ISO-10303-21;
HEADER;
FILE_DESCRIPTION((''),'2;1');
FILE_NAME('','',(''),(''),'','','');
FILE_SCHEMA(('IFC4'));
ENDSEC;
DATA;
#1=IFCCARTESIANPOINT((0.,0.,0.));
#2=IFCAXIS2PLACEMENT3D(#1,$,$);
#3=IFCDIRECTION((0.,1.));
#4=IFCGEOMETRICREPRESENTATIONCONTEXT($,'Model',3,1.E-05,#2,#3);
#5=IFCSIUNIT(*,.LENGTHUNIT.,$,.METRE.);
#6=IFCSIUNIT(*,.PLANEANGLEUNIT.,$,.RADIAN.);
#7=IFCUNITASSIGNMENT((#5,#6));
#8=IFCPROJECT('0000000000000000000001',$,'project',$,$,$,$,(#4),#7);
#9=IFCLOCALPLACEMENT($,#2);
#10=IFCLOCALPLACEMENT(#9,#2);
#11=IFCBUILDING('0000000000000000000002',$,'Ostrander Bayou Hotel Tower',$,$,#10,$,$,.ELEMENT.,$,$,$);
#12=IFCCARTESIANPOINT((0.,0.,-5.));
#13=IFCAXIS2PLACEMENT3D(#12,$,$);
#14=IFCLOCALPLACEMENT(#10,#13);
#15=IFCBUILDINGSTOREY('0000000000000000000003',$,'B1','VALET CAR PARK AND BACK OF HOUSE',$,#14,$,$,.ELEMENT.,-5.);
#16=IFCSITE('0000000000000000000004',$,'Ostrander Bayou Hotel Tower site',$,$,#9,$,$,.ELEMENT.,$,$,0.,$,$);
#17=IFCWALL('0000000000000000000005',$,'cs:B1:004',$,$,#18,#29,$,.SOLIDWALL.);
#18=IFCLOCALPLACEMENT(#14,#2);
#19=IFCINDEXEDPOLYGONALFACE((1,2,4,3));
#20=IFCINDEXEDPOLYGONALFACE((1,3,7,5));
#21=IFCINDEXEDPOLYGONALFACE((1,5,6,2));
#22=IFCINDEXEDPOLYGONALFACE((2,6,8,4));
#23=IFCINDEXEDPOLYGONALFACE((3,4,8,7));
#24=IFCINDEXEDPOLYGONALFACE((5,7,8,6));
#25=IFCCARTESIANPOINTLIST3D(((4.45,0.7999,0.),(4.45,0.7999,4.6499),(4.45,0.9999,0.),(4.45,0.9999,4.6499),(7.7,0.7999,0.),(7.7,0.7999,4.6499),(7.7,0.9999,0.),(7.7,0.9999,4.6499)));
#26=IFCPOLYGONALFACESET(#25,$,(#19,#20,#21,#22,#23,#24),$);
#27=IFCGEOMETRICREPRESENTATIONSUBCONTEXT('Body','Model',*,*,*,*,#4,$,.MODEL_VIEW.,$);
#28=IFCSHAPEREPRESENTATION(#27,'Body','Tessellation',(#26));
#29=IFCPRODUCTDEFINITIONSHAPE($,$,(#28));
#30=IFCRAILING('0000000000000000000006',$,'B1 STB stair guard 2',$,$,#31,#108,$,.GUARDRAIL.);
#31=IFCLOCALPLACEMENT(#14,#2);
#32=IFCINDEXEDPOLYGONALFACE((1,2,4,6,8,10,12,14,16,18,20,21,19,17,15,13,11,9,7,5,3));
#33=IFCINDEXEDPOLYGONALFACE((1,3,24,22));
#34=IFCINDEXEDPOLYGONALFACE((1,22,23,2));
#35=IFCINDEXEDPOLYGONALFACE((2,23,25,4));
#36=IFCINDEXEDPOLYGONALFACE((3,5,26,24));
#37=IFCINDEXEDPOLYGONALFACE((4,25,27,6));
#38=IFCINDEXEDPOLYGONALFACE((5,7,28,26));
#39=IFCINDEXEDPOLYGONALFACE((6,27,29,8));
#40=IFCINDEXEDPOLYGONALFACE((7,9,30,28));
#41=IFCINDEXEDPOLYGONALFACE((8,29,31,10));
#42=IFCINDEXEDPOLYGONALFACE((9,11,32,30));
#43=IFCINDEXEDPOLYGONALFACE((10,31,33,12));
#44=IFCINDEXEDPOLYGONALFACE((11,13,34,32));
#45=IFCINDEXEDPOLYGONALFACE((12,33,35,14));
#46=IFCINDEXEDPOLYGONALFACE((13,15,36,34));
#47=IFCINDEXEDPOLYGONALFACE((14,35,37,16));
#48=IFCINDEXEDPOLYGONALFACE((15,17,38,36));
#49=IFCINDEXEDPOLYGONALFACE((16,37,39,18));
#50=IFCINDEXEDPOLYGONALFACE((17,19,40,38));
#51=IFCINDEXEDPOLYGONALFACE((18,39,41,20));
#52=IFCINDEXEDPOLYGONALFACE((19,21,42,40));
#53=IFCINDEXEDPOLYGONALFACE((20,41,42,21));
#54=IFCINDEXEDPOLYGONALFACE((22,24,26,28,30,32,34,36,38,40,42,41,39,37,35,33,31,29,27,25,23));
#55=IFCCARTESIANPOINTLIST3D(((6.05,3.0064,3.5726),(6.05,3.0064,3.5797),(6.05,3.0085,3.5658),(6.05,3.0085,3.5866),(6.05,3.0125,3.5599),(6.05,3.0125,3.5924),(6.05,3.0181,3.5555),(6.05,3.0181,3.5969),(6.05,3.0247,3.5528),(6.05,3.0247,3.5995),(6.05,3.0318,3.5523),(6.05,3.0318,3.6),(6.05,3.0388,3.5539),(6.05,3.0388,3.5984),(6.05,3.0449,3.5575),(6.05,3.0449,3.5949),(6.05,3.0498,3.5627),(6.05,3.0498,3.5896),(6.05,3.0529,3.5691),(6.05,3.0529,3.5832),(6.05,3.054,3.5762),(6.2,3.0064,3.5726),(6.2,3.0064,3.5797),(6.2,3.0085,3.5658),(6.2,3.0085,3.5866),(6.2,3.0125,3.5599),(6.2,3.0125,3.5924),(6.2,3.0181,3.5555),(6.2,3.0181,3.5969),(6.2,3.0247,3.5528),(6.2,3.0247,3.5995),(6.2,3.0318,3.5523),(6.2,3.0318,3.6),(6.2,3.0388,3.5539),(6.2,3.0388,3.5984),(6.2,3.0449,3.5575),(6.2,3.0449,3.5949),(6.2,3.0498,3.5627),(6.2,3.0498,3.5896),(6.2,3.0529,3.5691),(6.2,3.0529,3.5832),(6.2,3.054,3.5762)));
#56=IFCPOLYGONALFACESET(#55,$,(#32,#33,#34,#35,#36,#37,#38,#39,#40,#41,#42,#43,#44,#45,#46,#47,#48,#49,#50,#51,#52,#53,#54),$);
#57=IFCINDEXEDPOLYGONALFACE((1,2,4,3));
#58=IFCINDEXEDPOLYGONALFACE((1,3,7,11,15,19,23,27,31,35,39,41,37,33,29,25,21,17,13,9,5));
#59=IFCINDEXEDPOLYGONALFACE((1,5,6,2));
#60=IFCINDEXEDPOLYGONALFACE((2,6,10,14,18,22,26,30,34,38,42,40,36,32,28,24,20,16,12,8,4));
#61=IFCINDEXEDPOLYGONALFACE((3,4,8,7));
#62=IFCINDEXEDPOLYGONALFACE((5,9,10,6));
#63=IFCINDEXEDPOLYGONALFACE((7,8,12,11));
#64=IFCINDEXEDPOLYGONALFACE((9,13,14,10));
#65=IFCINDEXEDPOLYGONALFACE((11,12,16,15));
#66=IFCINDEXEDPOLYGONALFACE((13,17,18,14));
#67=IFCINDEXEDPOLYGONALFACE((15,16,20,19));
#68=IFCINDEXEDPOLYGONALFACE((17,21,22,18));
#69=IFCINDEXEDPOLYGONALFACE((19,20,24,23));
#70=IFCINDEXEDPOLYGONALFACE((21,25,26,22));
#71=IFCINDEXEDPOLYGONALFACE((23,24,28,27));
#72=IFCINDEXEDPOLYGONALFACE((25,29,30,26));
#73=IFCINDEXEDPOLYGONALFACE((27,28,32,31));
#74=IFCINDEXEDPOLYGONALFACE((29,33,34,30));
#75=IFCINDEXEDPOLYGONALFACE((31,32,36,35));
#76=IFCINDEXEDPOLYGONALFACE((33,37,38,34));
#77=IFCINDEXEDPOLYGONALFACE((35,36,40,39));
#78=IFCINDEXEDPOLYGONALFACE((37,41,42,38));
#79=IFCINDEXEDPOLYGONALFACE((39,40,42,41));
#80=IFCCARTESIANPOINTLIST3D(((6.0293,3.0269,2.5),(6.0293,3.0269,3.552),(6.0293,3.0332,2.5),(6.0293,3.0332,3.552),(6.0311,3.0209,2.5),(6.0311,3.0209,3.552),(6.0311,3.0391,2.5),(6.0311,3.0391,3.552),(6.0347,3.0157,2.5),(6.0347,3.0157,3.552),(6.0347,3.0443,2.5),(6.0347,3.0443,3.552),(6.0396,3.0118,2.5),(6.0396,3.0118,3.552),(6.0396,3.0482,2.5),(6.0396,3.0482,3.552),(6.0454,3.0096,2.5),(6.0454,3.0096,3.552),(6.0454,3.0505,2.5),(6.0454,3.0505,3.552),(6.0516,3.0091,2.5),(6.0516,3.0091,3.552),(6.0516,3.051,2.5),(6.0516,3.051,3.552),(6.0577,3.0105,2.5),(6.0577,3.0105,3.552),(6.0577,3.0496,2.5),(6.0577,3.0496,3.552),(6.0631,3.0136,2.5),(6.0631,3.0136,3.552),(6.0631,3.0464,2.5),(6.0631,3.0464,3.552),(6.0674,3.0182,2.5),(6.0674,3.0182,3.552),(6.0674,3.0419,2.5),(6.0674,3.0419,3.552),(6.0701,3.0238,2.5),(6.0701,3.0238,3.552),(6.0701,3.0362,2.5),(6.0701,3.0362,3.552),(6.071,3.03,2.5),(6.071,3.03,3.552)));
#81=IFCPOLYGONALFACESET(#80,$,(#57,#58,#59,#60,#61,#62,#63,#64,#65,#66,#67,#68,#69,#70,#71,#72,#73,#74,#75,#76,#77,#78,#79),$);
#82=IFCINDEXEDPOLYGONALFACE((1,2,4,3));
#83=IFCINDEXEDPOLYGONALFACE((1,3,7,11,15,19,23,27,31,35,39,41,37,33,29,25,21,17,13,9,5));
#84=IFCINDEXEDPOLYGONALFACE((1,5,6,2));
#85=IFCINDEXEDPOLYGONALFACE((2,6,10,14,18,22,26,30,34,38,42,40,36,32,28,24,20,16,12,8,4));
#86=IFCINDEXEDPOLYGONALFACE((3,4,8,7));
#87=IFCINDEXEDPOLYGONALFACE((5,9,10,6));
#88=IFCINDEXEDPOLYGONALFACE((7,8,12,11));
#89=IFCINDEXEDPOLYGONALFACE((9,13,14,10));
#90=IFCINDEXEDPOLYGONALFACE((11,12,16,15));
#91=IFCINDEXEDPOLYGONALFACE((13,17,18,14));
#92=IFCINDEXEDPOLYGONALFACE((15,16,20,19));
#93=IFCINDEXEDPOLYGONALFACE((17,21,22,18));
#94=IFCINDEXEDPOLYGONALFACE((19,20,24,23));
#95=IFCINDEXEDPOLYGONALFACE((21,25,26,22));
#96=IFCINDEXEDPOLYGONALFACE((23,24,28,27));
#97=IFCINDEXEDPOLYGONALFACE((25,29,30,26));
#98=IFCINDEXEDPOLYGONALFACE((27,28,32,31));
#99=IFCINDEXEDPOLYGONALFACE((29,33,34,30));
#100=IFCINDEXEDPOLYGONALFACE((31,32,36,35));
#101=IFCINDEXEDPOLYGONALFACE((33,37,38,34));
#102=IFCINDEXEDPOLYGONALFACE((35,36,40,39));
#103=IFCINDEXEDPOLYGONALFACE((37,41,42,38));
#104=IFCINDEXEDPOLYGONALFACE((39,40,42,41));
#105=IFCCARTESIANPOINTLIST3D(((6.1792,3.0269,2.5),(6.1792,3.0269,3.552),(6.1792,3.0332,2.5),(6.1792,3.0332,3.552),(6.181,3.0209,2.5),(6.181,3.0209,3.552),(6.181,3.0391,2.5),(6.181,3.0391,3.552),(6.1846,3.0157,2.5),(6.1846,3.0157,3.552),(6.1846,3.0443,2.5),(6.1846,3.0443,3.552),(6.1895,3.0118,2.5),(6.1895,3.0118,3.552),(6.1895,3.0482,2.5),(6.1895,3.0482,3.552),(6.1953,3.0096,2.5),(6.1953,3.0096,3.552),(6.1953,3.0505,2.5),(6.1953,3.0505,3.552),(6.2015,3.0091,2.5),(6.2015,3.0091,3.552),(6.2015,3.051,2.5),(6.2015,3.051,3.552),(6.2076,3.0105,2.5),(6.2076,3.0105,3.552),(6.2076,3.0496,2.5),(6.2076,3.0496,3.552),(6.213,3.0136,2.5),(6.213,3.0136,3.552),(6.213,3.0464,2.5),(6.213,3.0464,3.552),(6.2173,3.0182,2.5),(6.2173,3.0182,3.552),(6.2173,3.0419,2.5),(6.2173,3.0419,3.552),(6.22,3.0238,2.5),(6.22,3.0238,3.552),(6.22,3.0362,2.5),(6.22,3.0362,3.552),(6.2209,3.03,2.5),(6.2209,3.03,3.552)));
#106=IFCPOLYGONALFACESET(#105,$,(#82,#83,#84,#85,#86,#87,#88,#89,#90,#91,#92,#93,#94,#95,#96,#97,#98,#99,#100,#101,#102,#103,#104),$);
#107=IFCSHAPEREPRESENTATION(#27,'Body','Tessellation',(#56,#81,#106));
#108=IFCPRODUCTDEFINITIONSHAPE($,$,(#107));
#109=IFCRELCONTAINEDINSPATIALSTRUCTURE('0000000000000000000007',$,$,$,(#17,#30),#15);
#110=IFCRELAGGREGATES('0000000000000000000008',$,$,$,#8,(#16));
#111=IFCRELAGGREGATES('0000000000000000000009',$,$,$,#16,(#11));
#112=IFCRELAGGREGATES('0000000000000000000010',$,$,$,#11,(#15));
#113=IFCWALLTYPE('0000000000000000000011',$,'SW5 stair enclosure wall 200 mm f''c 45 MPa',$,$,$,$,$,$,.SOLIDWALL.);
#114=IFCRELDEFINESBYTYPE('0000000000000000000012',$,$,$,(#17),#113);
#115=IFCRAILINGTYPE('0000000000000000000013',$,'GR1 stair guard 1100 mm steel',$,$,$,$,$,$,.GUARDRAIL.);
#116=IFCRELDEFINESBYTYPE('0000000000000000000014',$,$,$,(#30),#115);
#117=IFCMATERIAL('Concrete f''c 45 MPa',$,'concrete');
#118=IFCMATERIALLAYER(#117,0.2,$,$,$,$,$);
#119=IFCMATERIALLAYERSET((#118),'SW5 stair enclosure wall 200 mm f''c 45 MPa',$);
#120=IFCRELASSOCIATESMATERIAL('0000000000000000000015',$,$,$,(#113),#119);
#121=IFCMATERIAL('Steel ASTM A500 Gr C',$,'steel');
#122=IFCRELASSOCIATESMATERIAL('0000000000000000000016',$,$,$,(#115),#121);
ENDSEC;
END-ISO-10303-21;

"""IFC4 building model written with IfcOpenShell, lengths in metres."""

from ifc_helpers import new_model, si_unit, direction, frame, frame_2d, origin, origin_2d, place, context, subcontext, project, spatial, rectangle, circle, extrude, material, layer, layer_set, type_object, element, save


model = new_model("IFC4")

# Units and contexts
model_context = context("Model", 3, precision=1e-05, world=origin(), true_north=direction((0.0, 1.0)))
body_context = subcontext(model_context, "Body", "Model", "MODEL_VIEW")
ifc_project = project(units=[si_unit("LENGTHUNIT", "METRE"), si_unit("PLANEANGLEUNIT", "RADIAN")], contexts=[model_context])

# Site, building, storey
site_placement = place(None, origin())
site = spatial("IfcSite", under=ifc_project, at=site_placement, Name="Ostrander Bayou Hotel Tower site", CompositionType="ELEMENT", RefElevation=0.0)
building_placement = place(site_placement, origin())
building = spatial("IfcBuilding", under=site, at=building_placement, Name="Ostrander Bayou Hotel Tower", CompositionType="ELEMENT")
storey_placement = place(building_placement, frame((0.0, 0.0, -5.0)))
storey = spatial("IfcBuildingStorey", under=building, at=storey_placement, Name="B1", Description="VALET CAR PARK AND BACK OF HOUSE", CompositionType="ELEMENT", Elevation=-5.0)

# Wall
ifc_material_1 = material(Name="Concrete f'c 45 MPa", Category="concrete")
ifc_layer_1 = layer(ifc_material_1, 0.2)
ifc_layer_set_1 = layer_set([ifc_layer_1], Name="SW5 stair enclosure wall 200 mm f'c 45 MPa")
wall_type_1 = type_object("IfcWallType", Name="SW5 stair enclosure wall 200 mm f'c 45 MPa", PredefinedType="SOLIDWALL", material=ifc_layer_set_1)
wall_1_placement = place(storey_placement, frame((4.45, 0.8999, 0.0), z_axis=(0.0, 0.0, 1.0), x_axis=(1.0, 0.0, 0.0)))
element("IfcWall", 1, at=wall_1_placement, inside=storey, type_object=wall_type_1, Name="cs:B1:004", PredefinedType="SOLIDWALL", context=body_context, shape_type="SweptSolid", body=[
    extrude(rectangle(XDim=3.25, YDim=0.2, at=frame_2d((1.625, 0.0))), origin(), (0.0, 0.0, 1.0), 4.6499),
])

# Railing
ifc_material_2 = material(Name="Steel ASTM A500 Gr C", Category="steel")
railing_type = type_object("IfcRailingType", Name="GR1 stair guard 1100 mm steel", PredefinedType="GUARDRAIL", material=ifc_material_2)
railing_1_placement = place(storey_placement, frame((6.05, 3.03, 2.5)))
element("IfcRailing", 2, at=railing_1_placement, inside=storey, type_object=railing_type, Name="B1 STB stair guard 2", PredefinedType="GUARDRAIL", context=body_context, shape_type="SweptSolid", body=[
    extrude(circle(Radius=0.0239, at=origin_2d()), frame((0.0, 0.0, 1.0762), z_axis=(1.0, 0.0, 0.0), x_axis=(0.0, 1.0, 0.0)), (0.0, 0.0, 1.0), 0.1499),
    extrude(circle(Radius=0.021, at=origin_2d()), origin(), (0.0, 0.0, 1.0), 1.052),
    extrude(circle(Radius=0.021, at=origin_2d()), frame((0.1499, 0.0, 0.0)), (0.0, 0.0, 1.0), 1.052),
])

save(model, "model.ifc")
